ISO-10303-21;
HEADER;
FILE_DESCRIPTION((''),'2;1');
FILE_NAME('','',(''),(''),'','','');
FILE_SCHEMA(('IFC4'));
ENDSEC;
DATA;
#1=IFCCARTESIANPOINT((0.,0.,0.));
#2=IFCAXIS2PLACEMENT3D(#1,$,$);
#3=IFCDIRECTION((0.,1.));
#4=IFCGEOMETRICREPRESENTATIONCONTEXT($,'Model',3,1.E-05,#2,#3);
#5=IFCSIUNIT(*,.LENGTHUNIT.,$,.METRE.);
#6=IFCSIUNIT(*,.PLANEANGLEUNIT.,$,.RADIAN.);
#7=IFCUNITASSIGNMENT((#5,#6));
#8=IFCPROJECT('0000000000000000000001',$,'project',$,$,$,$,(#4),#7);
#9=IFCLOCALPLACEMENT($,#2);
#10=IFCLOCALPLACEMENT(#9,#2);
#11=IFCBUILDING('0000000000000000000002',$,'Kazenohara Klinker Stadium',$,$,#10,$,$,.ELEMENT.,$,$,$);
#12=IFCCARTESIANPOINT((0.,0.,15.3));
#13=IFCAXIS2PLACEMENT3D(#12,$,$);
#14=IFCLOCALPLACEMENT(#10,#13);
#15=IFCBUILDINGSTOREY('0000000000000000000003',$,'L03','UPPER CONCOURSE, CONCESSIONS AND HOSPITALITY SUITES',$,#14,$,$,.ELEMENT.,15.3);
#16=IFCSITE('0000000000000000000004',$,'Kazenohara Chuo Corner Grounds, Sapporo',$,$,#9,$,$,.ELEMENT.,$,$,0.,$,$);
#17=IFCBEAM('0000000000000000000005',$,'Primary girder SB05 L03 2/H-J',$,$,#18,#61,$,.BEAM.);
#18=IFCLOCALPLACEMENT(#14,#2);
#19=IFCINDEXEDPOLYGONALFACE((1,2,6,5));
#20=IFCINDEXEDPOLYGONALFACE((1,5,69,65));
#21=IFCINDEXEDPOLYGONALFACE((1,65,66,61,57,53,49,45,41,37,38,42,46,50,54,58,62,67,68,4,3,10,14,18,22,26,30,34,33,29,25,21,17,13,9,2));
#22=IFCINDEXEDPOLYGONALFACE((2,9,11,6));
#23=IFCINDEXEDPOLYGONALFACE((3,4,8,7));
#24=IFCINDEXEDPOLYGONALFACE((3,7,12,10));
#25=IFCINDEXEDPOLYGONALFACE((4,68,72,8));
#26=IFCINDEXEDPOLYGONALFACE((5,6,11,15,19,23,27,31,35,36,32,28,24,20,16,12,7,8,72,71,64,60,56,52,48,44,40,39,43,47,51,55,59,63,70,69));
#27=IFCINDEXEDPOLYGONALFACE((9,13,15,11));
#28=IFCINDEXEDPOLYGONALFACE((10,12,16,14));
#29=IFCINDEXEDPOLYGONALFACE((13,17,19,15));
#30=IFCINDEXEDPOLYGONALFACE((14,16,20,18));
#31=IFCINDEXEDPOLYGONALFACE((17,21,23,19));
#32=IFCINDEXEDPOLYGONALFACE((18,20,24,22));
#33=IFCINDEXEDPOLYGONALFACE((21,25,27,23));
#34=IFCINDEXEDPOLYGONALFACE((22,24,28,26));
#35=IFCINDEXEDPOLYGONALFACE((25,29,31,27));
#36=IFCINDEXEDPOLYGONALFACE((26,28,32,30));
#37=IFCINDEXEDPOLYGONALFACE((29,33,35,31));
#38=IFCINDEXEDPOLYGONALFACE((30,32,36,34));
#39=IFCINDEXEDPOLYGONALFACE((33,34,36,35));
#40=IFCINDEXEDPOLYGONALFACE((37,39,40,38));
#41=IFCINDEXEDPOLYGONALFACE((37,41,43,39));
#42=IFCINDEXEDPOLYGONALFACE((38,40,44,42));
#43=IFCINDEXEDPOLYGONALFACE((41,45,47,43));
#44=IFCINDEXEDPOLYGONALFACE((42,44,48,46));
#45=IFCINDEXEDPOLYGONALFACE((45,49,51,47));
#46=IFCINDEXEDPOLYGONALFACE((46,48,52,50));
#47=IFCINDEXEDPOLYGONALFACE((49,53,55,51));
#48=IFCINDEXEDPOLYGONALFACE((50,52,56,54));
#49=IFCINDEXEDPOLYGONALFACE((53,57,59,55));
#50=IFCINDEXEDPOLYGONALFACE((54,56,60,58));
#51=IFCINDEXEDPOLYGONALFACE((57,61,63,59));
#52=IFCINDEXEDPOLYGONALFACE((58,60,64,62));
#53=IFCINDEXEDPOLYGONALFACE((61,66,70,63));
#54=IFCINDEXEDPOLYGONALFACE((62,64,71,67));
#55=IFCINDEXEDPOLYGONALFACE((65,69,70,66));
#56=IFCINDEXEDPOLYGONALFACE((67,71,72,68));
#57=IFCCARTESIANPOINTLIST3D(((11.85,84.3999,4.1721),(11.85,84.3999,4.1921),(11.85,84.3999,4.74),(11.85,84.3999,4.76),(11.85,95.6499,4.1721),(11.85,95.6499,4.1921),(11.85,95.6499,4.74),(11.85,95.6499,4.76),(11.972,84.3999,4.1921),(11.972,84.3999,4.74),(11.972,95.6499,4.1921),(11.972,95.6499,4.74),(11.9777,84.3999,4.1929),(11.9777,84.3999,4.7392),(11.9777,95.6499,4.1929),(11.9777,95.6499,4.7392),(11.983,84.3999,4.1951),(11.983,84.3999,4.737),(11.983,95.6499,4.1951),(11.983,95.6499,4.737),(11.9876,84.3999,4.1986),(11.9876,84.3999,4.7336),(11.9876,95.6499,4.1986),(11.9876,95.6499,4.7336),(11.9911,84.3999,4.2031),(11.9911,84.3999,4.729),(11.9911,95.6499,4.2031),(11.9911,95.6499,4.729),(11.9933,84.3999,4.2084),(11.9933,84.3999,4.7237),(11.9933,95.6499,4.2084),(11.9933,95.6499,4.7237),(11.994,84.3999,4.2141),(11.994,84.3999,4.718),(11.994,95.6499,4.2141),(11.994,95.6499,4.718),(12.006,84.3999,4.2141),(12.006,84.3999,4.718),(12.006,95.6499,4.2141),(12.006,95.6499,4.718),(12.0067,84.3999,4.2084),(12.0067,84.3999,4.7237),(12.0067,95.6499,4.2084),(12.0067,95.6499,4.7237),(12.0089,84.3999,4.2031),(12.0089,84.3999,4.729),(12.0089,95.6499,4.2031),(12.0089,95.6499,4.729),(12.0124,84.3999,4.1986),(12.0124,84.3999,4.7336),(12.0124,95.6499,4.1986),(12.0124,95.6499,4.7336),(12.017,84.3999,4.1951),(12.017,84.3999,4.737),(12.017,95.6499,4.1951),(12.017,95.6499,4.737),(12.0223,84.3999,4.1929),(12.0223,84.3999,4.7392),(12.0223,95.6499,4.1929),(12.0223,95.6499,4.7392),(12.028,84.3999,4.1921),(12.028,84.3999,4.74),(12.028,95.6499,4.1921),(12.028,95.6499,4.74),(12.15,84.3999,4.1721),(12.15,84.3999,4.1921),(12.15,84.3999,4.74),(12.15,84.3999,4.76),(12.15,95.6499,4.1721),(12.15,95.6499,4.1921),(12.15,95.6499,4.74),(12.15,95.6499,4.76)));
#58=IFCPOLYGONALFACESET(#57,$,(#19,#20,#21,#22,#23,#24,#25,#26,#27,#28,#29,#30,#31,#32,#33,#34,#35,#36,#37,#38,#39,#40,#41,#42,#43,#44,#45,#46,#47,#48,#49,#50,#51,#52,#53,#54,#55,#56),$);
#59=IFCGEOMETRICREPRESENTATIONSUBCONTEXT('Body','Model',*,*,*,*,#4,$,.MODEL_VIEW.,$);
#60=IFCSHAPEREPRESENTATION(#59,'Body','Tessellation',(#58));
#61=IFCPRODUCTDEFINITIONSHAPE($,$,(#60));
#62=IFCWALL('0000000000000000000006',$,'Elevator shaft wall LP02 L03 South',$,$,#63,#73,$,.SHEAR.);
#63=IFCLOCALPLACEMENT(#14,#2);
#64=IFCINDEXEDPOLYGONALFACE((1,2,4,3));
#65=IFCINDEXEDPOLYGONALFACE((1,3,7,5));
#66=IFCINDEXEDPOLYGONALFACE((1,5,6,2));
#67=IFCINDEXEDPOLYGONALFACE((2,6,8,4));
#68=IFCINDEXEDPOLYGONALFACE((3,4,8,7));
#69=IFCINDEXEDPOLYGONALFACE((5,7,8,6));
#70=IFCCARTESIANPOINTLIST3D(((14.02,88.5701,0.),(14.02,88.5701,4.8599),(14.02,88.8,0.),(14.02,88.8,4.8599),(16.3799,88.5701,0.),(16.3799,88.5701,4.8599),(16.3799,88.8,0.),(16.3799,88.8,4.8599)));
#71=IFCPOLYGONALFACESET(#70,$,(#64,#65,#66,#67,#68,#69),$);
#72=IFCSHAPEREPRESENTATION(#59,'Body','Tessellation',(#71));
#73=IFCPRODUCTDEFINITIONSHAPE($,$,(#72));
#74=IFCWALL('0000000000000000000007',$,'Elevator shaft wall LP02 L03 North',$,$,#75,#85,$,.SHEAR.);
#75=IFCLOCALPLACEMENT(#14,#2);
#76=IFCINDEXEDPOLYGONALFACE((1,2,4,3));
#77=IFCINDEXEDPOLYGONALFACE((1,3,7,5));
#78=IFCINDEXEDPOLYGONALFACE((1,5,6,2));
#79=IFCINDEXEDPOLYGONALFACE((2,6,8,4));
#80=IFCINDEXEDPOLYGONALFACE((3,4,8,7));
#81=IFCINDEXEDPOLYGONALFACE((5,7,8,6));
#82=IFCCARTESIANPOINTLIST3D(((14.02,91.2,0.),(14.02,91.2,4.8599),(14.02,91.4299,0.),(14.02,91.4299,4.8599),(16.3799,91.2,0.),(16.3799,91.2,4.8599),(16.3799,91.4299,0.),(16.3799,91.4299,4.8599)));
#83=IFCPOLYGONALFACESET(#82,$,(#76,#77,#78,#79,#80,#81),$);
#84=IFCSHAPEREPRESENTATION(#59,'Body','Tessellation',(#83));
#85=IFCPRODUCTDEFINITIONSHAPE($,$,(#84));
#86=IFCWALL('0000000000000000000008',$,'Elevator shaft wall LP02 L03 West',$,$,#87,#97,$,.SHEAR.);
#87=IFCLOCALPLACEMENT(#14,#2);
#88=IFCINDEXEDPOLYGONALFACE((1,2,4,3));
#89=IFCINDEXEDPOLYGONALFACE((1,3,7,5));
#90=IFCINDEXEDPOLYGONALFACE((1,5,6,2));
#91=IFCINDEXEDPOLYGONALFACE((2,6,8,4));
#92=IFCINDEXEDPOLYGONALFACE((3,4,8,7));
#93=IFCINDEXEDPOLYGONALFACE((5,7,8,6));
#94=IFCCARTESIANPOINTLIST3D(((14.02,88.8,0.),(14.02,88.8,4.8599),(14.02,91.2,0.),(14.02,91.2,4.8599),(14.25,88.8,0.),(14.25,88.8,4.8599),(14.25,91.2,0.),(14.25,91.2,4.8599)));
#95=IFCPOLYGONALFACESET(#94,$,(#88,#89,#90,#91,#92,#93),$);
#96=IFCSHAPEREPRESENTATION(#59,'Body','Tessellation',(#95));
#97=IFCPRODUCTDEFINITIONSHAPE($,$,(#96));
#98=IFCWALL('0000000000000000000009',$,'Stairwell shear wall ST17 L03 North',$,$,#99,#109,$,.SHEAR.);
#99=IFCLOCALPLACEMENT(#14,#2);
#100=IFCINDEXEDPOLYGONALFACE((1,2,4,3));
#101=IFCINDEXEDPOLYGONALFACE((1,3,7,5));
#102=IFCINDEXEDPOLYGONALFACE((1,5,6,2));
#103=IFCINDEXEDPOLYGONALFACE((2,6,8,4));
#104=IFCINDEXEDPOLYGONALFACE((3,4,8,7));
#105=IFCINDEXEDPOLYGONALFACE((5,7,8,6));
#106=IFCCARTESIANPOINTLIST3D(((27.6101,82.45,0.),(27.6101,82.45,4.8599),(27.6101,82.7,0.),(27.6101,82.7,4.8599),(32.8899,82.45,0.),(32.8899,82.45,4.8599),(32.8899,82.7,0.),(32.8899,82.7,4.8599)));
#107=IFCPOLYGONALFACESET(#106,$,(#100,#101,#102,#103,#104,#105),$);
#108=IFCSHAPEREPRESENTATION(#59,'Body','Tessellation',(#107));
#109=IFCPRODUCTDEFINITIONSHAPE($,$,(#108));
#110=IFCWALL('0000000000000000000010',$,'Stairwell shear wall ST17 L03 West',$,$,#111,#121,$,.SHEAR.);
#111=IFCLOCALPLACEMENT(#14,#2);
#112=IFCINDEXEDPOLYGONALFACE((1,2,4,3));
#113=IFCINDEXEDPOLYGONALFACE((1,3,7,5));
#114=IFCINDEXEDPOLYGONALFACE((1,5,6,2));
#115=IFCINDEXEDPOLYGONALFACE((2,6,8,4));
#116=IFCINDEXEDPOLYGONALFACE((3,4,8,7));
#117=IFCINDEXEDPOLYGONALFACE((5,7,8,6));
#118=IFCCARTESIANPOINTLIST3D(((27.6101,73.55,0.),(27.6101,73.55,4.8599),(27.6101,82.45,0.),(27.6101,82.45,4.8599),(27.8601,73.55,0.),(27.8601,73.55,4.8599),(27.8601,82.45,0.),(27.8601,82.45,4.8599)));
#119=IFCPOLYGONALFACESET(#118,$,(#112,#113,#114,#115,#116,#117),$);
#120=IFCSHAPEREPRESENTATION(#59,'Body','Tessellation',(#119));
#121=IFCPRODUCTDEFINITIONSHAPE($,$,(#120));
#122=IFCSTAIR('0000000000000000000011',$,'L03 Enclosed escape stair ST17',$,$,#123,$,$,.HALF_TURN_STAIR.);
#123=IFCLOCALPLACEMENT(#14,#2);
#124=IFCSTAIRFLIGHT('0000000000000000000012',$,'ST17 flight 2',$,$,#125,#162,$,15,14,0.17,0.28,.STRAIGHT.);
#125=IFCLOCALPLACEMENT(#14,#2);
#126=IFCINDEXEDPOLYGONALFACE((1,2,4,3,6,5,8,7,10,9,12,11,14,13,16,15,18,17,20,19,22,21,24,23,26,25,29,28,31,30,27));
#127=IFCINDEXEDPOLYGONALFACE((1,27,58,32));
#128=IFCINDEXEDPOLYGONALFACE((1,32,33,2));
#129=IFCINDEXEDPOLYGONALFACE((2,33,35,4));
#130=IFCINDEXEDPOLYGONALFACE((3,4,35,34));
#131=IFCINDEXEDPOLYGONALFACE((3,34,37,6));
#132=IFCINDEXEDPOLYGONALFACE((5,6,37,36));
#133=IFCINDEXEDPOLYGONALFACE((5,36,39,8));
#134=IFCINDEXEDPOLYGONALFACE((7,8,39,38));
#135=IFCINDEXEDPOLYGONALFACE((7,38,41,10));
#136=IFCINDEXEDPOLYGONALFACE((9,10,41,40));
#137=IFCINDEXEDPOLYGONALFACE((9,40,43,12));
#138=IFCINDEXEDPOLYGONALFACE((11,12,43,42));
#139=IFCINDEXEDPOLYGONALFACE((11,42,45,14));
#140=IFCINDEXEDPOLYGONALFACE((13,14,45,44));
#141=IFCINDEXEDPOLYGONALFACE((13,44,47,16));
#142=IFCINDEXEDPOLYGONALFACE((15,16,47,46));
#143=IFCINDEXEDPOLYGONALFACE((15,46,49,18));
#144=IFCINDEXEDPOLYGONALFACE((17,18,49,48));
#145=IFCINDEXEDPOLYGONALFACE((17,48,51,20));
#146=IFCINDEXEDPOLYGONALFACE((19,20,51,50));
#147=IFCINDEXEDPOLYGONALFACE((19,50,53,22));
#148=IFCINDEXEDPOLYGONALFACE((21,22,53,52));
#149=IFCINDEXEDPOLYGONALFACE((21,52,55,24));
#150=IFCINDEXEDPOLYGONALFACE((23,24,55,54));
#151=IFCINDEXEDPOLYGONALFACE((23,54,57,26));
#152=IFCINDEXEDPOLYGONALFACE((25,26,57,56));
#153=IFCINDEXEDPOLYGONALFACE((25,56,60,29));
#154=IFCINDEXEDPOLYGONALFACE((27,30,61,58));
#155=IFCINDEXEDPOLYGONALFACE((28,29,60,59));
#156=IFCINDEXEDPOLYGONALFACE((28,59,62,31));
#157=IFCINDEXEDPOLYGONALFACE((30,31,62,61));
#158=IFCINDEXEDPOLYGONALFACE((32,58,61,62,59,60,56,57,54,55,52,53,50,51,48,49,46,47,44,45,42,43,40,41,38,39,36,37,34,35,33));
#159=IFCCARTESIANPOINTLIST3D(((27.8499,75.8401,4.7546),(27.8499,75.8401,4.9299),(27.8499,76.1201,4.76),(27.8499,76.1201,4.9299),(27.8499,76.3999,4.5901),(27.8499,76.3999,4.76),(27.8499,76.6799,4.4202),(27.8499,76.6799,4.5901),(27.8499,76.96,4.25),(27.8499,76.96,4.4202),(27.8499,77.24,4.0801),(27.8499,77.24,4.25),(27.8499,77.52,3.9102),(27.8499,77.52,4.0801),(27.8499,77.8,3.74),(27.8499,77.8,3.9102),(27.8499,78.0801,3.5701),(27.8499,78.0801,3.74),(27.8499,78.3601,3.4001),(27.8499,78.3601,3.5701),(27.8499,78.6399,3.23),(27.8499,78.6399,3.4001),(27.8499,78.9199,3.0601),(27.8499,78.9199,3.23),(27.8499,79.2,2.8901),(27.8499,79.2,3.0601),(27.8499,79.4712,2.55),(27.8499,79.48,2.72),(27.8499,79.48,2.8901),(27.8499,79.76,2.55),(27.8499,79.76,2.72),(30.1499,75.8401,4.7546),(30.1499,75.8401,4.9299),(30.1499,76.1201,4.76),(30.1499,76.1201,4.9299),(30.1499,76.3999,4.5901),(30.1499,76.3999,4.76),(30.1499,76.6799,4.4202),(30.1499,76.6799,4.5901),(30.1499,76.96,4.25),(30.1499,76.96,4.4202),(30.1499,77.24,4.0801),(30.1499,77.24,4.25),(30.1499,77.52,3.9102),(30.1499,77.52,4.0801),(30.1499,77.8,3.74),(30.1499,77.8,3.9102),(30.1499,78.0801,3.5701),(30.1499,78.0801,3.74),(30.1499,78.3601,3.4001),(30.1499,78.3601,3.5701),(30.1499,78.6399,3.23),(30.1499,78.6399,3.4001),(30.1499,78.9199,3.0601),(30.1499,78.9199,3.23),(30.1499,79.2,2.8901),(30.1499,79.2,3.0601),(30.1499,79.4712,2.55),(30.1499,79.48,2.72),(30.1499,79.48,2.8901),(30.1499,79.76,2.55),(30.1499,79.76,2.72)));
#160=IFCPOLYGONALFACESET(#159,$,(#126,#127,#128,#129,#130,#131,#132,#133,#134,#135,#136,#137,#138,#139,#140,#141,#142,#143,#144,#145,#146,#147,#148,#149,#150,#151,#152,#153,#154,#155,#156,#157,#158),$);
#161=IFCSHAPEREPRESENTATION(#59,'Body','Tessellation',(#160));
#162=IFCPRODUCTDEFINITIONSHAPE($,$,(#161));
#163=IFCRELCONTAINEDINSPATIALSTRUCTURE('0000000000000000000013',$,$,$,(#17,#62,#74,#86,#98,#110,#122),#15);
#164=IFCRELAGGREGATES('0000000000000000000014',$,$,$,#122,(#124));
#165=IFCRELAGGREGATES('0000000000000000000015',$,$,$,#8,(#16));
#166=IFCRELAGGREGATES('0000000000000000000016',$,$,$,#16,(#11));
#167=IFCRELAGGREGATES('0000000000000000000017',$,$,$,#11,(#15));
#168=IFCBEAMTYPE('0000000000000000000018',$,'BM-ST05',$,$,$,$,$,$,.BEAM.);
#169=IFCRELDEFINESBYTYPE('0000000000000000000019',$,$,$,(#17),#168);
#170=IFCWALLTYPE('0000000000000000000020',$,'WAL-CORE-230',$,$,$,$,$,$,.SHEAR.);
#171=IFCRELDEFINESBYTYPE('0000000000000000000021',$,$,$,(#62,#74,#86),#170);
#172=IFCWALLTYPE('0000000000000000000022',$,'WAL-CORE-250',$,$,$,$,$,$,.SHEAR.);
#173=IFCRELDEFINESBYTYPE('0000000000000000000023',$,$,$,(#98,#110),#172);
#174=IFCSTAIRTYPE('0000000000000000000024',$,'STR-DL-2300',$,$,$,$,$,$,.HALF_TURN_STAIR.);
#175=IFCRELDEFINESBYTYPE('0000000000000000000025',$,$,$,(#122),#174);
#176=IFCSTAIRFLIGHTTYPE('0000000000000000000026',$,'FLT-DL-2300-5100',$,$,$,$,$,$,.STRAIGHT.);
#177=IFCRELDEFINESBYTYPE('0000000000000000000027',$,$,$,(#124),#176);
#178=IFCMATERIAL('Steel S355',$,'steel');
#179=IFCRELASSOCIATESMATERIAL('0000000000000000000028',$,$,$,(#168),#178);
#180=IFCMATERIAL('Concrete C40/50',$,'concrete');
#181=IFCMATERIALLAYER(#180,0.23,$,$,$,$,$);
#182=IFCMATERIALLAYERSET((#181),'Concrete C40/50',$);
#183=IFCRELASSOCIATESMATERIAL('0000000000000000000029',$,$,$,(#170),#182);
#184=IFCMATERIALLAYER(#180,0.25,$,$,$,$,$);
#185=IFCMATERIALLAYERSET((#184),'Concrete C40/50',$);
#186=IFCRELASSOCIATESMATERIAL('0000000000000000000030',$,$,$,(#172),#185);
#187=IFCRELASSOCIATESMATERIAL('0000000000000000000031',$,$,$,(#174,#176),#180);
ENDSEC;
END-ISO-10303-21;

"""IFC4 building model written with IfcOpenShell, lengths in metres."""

from ifc_helpers import new_model, si_unit, direction, frame, frame_2d, origin, origin_2d, place, context, subcontext, project, spatial, polyline, rectangle, i_section, outline, extrude, material, layer, layer_set, material_profile, profile_set, type_object, element, aggregate, save


model = new_model("IFC4")

# Units and contexts
model_context = context("Model", 3, precision=1e-05, world=origin(), true_north=direction((0.0, 1.0)))
body_context = subcontext(model_context, "Body", "Model", "MODEL_VIEW")
ifc_project = project(units=[si_unit("LENGTHUNIT", "METRE"), si_unit("PLANEANGLEUNIT", "RADIAN")], contexts=[model_context])

# Site, building, storey
site_placement = place(None, origin())
site = spatial("IfcSite", under=ifc_project, at=site_placement, Name="Kazenohara Chuo Corner Grounds, Sapporo", CompositionType="ELEMENT", RefElevation=0.0)
building_placement = place(site_placement, origin())
building = spatial("IfcBuilding", under=site, at=building_placement, Name="Kazenohara Klinker Stadium", CompositionType="ELEMENT")
storey_placement = place(building_placement, frame((0.0, 0.0, 15.3)))
storey = spatial("IfcBuildingStorey", under=building, at=storey_placement, Name="L03", Description="UPPER CONCOURSE, CONCESSIONS AND HOSPITALITY SUITES", CompositionType="ELEMENT", Elevation=15.3)

# Shared definitions
ifc_material_1 = material(Name="Concrete C40/50", Category="concrete")

# Beam
ifc_material_2 = material(Name="Steel S355", Category="steel")
ifc_material_profile_1 = material_profile(ifc_material_2, i_section(OverallWidth=0.3, OverallDepth=0.5879, WebThickness=0.012, FlangeThickness=0.02, FilletRadius=0.022, at=origin_2d()), Name="H-588x300x12x20")
ifc_profile_set_1 = profile_set([ifc_material_profile_1], Name="Steel S355")
beam_type_1 = type_object("IfcBeamType", Name="BM-ST05", PredefinedType="BEAM", material=ifc_profile_set_1)
for number, where, z_axis, x_axis, name in (
    (1, (12.0, 84.3999, 4.4661), (0.0, 1.0, 0.0), (-1.0, 0.0, 0.0), "Primary girder SB05 L03 2/H-J"),
):
    element("IfcBeam", number, at=place(storey_placement, frame(where, z_axis=z_axis, x_axis=x_axis)), inside=storey, type_object=beam_type_1, Name=name, PredefinedType="BEAM", context=body_context, shape_type="SweptSolid", body=[
        extrude(i_section(OverallWidth=0.3, OverallDepth=0.5879, WebThickness=0.012, FlangeThickness=0.02, FilletRadius=0.022, at=origin_2d()), origin(), (0.0, 0.0, 1.0), 11.25),
    ])

# Walls
ifc_layer_1 = layer(ifc_material_1, 0.23)
ifc_layer_set_1 = layer_set([ifc_layer_1], Name="Concrete C40/50")
wall_type_1 = type_object("IfcWallType", Name="WAL-CORE-230", PredefinedType="SHEAR", material=ifc_layer_set_1)
for number, where, z_axis, x_axis, name in (
    (2, (14.02, 88.6851, 0.0), (0.0, 0.0, 1.0), (1.0, 0.0, 0.0), "Elevator shaft wall LP02 L03 South"),
    (3, (14.02, 91.3149, 0.0), (0.0, 0.0, 1.0), (1.0, 0.0, 0.0), "Elevator shaft wall LP02 L03 North"),
):
    element("IfcWall", number, at=place(storey_placement, frame(where, z_axis=z_axis, x_axis=x_axis)), inside=storey, type_object=wall_type_1, Name=name, PredefinedType="SHEAR", context=body_context, shape_type="SweptSolid", body=[
        extrude(rectangle(XDim=2.3599, YDim=0.23, at=frame_2d((1.1799, 0.0))), origin(), (0.0, 0.0, 1.0), 4.8599),
    ])
wall_1_placement = place(storey_placement, frame((14.135, 88.8, 0.0), z_axis=(0.0, 0.0, 1.0), x_axis=(0.0, 1.0, 0.0)))
element("IfcWall", 4, at=wall_1_placement, inside=storey, type_object=wall_type_1, Name="Elevator shaft wall LP02 L03 West", PredefinedType="SHEAR", context=body_context, shape_type="SweptSolid", body=[
    extrude(rectangle(XDim=2.3999, YDim=0.23, at=frame_2d((1.2, 0.0))), origin(), (0.0, 0.0, 1.0), 4.8599),
])

# Shared definitions
ifc_layer_2 = layer(ifc_material_1, 0.25)
ifc_layer_set_2 = layer_set([ifc_layer_2], Name="Concrete C40/50")
wall_type_2 = type_object("IfcWallType", Name="WAL-CORE-250", PredefinedType="SHEAR", material=ifc_layer_set_2)

# Walls
wall_2_placement = place(storey_placement, frame((27.6101, 82.575, 0.0), z_axis=(0.0, 0.0, 1.0), x_axis=(1.0, 0.0, 0.0)))
element("IfcWall", 5, at=wall_2_placement, inside=storey, type_object=wall_type_2, Name="Stairwell shear wall ST17 L03 North", PredefinedType="SHEAR", context=body_context, shape_type="SweptSolid", body=[
    extrude(rectangle(XDim=5.2798, YDim=0.25, at=frame_2d((2.6399, 0.0))), origin(), (0.0, 0.0, 1.0), 4.8599),
])
wall_3_placement = place(storey_placement, frame((27.7351, 73.55, 0.0), z_axis=(0.0, 0.0, 1.0), x_axis=(0.0, 1.0, 0.0)))
element("IfcWall", 6, at=wall_3_placement, inside=storey, type_object=wall_type_2, Name="Stairwell shear wall ST17 L03 West", PredefinedType="SHEAR", context=body_context, shape_type="SweptSolid", body=[
    extrude(rectangle(XDim=8.8999, YDim=0.25, at=frame_2d((4.45, 0.0))), origin(), (0.0, 0.0, 1.0), 4.8599),
])

# Stair, stair flight
stair_type = type_object("IfcStairType", Name="STR-DL-2300", PredefinedType="HALF_TURN_STAIR", material=ifc_material_1)
stair_placement = place(storey_placement, origin())
stair = element("IfcStair", 7, at=stair_placement, inside=storey, type_object=stair_type, Name="L03 Enclosed escape stair ST17", PredefinedType="HALF_TURN_STAIR")
stair_flight_type = type_object("IfcStairFlightType", Name="FLT-DL-2300-5100", PredefinedType="STRAIGHT", material=ifc_material_1)
stair_flight_placement = place(storey_placement, frame((29.0, 79.76, 2.55), z_axis=(0.0, 0.0, 1.0), x_axis=(0.0, -1.0, 0.0)))
stair_flight = element("IfcStairFlight", 8, at=stair_flight_placement, type_object=stair_flight_type, Name="ST17 flight 2", NumberOfRisers=15, NumberOfTreads=14, PredefinedType="STRAIGHT", RiserHeight=0.17, TreadLength=0.28, context=body_context, shape_type="SweptSolid", body=[
    extrude(outline(polyline([(0.0, 0.0), (0.0, 0.1699), (0.28, 0.1699), (0.28, 0.3401), (0.5601, 0.3401), (0.5601, 0.51), (0.8401, 0.51), (0.8401, 0.6799), (1.1201, 0.6799), (1.1201, 0.8501), (1.3999, 0.8501), (1.3999, 1.02), (1.6799, 1.02), (1.6799, 1.1899), (1.96, 1.1899), (1.96, 1.3601), (2.24, 1.3601), (2.24, 1.53), (2.52, 1.53), (2.52, 1.7), (2.8, 1.7), (2.8, 1.8701), (3.0801, 1.8701), (3.0801, 2.04), (3.3601, 2.04), (3.3601, 2.21), (3.6399, 2.21), (3.6399, 2.3799), (3.9199, 2.3799), (3.9199, 2.55), (3.9199, 2.2046), (0.2888, 0.0), (0.0, 0.0)])), frame((0.0, 1.1499, 0.0), z_axis=(0.0, -1.0, 0.0), x_axis=(1.0, 0.0, 0.0)), (0.0, 0.0, 1.0), 2.3),
])
aggregate(stair, [stair_flight])

save(model, "model.ifc")
